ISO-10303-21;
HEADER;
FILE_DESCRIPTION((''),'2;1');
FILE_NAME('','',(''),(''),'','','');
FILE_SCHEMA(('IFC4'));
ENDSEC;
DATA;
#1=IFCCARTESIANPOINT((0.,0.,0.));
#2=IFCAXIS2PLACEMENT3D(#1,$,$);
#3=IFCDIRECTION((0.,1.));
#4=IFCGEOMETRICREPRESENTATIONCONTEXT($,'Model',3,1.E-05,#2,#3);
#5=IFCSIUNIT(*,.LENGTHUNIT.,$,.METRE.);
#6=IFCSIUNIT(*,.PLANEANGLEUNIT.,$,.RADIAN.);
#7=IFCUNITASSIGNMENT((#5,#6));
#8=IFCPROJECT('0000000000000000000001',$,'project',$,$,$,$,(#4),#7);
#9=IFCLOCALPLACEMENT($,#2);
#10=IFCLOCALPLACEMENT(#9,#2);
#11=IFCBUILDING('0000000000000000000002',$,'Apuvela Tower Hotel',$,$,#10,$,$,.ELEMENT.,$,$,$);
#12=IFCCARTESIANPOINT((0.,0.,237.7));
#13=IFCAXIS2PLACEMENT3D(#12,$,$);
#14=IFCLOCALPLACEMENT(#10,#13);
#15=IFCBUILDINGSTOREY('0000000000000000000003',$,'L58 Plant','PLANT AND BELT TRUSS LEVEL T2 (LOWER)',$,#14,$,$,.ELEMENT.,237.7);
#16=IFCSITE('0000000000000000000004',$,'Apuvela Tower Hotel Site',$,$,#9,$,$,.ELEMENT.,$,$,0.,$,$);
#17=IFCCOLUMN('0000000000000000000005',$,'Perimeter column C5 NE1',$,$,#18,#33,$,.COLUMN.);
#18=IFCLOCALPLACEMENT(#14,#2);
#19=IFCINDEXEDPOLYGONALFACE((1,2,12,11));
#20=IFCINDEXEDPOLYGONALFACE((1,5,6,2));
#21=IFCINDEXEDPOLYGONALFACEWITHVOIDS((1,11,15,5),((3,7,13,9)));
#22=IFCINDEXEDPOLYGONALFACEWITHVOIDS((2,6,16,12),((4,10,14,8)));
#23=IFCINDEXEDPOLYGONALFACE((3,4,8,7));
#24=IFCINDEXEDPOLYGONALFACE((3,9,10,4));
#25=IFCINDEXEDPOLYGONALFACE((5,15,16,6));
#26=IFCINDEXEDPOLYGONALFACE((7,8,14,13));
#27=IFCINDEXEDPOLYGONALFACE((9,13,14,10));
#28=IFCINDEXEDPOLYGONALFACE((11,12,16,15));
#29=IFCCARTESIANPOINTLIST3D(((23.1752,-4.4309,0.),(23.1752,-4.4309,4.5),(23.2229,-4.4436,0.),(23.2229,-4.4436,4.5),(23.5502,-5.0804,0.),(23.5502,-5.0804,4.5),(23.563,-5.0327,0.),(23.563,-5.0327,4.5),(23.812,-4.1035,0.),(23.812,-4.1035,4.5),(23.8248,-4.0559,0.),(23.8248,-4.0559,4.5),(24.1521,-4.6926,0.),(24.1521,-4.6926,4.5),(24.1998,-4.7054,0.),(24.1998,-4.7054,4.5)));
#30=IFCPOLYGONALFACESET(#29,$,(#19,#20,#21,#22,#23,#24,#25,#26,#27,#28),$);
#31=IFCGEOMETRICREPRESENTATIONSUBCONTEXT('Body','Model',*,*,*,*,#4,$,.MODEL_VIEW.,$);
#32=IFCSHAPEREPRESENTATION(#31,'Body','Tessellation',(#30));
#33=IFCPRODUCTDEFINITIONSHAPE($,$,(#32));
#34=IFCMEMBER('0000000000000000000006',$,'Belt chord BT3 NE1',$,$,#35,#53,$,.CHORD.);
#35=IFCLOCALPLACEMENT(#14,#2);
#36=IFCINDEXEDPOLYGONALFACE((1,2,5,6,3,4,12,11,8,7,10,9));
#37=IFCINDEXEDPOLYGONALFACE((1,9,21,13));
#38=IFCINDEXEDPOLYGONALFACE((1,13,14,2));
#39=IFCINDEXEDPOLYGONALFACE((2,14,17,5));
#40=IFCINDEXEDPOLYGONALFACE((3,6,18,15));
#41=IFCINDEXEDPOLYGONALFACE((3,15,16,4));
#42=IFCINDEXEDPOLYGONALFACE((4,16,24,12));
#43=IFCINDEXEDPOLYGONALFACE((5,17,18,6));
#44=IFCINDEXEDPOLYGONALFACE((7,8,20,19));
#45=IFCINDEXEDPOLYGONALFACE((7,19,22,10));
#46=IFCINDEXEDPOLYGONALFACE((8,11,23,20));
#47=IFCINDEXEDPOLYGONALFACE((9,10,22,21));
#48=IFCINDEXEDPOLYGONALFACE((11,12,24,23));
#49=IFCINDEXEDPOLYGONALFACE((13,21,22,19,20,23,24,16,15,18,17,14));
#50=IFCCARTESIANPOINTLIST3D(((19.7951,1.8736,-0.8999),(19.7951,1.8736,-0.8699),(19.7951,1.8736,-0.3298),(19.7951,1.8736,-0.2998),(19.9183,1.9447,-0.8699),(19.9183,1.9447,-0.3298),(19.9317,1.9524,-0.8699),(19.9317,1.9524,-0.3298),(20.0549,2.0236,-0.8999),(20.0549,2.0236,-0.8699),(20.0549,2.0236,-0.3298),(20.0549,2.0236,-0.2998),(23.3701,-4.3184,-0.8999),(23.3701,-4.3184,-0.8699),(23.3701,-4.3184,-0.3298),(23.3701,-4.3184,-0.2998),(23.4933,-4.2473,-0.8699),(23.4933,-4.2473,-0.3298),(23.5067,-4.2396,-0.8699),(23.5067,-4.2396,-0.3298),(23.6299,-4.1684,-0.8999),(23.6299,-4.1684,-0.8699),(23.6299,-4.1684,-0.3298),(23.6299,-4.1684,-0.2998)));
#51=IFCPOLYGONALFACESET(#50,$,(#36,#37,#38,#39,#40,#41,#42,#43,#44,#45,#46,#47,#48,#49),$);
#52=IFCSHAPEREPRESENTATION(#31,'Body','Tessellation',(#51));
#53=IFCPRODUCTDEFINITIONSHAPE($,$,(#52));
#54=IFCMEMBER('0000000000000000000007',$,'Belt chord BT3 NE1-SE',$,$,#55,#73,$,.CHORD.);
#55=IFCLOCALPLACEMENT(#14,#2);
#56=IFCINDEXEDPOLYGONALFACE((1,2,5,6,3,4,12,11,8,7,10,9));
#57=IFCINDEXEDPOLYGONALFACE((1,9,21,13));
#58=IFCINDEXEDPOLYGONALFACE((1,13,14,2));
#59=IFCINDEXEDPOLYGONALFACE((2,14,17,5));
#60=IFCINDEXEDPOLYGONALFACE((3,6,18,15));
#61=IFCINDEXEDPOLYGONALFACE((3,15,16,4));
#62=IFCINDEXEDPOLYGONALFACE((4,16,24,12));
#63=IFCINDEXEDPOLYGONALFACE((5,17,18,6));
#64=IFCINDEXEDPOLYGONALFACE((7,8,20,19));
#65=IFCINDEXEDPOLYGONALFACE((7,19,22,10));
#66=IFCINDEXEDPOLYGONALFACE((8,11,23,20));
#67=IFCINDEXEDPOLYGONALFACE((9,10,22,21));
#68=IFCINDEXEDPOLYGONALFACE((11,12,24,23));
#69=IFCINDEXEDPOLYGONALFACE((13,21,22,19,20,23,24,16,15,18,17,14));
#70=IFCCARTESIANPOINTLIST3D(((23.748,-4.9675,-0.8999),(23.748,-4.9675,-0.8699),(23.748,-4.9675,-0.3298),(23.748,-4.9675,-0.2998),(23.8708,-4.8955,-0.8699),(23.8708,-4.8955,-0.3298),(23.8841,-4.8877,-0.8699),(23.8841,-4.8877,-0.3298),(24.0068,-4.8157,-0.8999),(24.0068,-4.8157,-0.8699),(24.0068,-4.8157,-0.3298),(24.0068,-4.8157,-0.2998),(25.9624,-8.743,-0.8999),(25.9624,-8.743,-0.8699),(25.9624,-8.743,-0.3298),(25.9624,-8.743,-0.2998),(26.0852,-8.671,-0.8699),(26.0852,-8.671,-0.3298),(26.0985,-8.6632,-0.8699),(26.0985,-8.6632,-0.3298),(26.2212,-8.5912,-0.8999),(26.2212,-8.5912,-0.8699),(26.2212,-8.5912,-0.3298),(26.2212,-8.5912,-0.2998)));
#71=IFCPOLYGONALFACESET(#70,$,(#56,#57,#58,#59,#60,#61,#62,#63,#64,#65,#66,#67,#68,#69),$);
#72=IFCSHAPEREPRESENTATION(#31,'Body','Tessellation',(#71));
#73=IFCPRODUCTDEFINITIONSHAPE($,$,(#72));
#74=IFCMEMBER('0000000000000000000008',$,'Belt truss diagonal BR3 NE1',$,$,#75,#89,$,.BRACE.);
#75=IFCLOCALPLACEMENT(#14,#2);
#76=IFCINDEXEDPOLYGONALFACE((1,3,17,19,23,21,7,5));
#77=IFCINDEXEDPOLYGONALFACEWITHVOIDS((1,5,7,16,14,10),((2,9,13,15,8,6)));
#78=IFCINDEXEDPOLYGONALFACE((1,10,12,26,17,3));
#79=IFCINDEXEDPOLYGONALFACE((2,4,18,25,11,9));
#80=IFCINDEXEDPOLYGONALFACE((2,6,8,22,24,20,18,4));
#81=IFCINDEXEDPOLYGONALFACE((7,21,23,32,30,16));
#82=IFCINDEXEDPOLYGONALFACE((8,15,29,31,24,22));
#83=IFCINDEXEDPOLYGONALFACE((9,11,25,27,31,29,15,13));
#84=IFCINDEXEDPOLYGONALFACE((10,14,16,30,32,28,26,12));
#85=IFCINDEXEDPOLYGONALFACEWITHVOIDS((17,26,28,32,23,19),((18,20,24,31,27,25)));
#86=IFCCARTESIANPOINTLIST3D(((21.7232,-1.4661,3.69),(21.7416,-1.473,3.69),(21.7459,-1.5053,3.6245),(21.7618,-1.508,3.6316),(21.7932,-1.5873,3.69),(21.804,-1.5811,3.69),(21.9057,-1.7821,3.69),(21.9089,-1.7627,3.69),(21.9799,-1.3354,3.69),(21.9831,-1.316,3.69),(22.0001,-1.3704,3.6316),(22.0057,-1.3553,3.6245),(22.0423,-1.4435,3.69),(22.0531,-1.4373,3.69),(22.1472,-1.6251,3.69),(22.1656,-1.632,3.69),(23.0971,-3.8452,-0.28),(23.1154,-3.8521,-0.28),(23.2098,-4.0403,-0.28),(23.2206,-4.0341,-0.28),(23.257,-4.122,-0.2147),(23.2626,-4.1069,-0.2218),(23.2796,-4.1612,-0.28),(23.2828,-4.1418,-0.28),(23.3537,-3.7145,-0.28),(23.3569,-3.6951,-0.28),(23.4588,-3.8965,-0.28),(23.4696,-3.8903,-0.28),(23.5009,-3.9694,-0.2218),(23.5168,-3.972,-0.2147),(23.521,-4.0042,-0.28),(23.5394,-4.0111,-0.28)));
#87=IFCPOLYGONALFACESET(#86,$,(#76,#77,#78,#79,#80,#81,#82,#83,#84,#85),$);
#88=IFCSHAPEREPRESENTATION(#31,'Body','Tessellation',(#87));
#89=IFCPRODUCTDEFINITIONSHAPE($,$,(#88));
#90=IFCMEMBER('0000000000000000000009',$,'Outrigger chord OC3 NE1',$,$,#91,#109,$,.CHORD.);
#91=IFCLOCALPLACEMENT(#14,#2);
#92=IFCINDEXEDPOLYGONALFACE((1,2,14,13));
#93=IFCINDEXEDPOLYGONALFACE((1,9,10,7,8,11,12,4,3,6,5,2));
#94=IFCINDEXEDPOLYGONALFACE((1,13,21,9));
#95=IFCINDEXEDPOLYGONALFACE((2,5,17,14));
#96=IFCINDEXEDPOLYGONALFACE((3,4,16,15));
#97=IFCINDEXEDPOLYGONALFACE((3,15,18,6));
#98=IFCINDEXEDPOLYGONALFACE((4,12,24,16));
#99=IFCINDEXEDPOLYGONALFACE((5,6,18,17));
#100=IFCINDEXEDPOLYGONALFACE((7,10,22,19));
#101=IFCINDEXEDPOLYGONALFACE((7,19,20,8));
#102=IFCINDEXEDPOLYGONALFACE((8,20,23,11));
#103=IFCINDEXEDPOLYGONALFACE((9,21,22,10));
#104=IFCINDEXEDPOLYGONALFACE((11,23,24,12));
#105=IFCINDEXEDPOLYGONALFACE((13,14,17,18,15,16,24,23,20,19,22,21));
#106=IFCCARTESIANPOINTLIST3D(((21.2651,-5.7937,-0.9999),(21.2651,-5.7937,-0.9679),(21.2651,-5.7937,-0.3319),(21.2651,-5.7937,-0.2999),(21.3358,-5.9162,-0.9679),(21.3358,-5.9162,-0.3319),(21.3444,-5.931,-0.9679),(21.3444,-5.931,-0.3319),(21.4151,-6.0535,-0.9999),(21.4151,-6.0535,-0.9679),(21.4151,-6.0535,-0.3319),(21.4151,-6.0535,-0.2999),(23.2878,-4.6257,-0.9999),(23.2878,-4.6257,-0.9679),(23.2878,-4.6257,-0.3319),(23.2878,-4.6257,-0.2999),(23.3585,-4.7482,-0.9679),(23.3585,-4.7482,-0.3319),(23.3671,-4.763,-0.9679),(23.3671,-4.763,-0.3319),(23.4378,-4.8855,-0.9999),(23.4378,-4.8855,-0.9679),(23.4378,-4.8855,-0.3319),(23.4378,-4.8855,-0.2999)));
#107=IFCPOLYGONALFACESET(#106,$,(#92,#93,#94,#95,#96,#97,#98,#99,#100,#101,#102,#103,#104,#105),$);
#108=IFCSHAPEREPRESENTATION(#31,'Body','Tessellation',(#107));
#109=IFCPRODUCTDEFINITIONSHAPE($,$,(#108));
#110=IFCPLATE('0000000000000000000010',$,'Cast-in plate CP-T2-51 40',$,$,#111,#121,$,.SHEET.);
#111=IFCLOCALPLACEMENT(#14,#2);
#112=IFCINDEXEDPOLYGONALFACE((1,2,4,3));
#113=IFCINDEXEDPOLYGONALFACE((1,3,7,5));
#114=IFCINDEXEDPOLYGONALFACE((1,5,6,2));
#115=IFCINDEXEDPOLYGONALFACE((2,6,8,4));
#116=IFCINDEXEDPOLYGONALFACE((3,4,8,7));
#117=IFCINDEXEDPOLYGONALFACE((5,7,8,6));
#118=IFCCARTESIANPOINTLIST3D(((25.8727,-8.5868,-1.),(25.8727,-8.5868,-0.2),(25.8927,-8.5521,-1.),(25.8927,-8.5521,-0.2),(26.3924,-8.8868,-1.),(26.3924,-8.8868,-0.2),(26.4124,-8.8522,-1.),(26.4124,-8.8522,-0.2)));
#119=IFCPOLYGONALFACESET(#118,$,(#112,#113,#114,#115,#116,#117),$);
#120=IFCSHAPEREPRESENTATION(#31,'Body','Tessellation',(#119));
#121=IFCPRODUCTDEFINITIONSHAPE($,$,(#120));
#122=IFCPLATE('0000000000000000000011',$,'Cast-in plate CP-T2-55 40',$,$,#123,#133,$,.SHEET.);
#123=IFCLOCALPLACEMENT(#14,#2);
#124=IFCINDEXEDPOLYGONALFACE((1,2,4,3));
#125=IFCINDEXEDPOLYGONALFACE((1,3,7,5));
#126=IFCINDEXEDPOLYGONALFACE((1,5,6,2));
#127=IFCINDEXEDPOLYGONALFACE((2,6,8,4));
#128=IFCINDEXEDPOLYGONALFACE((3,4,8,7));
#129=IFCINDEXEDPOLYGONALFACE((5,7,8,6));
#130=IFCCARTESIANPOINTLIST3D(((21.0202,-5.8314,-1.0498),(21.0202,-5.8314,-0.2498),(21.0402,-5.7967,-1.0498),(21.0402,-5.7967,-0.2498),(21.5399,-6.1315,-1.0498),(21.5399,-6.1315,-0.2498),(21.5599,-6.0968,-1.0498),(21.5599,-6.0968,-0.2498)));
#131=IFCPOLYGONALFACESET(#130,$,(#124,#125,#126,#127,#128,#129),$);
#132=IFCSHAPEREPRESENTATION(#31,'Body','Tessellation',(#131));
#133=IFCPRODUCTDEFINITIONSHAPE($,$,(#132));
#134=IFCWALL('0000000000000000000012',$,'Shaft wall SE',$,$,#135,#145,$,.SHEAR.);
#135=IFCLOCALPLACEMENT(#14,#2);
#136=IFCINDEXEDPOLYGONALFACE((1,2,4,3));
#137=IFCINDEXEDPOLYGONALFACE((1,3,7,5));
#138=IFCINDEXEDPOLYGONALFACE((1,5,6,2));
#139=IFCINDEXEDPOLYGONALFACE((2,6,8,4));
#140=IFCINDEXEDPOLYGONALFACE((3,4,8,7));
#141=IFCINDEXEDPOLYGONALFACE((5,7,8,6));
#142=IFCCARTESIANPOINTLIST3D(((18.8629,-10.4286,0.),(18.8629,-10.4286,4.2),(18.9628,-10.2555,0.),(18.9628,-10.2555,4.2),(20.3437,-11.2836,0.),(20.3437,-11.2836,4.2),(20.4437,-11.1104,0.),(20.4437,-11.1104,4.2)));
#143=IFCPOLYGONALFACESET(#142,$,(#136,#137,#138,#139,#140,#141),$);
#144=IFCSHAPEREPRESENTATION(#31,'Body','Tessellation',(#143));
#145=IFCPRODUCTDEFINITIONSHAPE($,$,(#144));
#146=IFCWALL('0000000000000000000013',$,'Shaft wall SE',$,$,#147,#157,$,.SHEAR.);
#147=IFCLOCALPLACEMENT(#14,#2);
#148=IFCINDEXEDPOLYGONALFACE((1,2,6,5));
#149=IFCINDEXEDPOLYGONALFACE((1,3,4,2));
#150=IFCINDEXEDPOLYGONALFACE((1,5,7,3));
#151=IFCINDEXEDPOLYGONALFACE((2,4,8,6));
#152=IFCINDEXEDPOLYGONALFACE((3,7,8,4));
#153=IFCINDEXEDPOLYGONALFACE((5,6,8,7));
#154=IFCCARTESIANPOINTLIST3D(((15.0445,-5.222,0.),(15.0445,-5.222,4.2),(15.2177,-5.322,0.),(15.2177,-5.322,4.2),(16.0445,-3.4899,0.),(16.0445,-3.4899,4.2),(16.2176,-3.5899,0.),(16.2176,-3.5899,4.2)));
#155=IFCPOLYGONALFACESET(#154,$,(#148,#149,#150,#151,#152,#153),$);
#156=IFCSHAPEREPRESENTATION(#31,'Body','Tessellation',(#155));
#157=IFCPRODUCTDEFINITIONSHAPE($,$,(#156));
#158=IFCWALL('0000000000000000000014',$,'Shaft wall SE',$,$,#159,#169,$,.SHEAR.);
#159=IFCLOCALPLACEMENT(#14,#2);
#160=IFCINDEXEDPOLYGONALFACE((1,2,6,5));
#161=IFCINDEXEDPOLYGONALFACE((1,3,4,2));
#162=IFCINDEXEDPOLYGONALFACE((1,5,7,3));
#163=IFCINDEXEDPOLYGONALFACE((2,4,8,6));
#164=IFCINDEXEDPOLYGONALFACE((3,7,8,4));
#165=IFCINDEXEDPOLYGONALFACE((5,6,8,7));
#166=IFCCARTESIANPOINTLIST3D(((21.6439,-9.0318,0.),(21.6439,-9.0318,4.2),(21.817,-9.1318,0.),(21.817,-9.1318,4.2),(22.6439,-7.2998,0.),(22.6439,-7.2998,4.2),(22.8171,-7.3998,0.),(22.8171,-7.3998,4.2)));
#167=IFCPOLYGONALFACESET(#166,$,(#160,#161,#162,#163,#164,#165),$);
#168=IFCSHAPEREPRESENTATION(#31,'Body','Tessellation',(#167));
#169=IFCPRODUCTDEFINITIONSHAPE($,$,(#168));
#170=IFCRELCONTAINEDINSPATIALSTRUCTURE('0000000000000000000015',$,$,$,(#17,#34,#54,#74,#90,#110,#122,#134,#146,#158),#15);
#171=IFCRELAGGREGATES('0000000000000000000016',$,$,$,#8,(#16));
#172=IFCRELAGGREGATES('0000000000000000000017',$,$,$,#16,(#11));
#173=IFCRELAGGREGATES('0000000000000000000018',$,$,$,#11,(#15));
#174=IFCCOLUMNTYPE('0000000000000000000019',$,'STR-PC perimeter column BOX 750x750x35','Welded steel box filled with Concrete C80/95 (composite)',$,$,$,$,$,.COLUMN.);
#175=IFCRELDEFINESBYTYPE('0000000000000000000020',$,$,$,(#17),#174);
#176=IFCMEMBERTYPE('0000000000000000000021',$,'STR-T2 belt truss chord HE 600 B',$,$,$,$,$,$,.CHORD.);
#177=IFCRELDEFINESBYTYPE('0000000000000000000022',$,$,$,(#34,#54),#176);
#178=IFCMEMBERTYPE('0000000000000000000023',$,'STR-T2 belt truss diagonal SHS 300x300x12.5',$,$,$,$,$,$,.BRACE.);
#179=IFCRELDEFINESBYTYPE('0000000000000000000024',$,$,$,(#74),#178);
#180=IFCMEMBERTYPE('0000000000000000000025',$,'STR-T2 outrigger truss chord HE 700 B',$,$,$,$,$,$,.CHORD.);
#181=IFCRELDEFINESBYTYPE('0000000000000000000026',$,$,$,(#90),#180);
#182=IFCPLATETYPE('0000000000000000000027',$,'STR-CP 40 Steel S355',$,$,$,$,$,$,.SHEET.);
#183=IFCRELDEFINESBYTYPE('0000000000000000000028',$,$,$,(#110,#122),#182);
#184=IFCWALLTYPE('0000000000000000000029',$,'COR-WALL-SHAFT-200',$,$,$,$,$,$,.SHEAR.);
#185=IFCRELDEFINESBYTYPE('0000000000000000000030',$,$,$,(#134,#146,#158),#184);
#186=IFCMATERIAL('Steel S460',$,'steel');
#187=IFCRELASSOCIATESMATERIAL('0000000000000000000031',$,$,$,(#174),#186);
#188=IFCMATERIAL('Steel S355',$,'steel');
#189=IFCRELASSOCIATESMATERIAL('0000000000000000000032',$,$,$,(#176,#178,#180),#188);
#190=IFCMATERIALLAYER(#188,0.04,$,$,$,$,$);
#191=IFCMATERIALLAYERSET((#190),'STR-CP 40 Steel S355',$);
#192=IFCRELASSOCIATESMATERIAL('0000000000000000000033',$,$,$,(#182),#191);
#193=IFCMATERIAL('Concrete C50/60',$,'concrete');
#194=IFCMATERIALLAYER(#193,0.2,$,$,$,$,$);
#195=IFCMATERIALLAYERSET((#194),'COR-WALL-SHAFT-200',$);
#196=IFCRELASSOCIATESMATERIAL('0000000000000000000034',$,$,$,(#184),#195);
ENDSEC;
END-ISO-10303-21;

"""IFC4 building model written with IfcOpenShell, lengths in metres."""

from ifc_helpers import new_model, si_unit, direction, frame, frame_2d, origin, origin_2d, place, context, subcontext, project, spatial, rectangle, hollow_rectangle, i_section, extrude, boolean, halfspace, material, layer, layer_set, material_profile, profile_set, type_object, element, save


model = new_model("IFC4")

# Units and contexts
model_context = context("Model", 3, precision=1e-05, world=origin(), true_north=direction((0.0, 1.0)))
body_context = subcontext(model_context, "Body", "Model", "MODEL_VIEW")
ifc_project = project(units=[si_unit("LENGTHUNIT", "METRE"), si_unit("PLANEANGLEUNIT", "RADIAN")], contexts=[model_context])

# Site, building, storey
site_placement = place(None, origin())
site = spatial("IfcSite", under=ifc_project, at=site_placement, Name="Apuvela Tower Hotel Site", CompositionType="ELEMENT", RefElevation=0.0)
building_placement = place(site_placement, origin())
building = spatial("IfcBuilding", under=site, at=building_placement, Name="Apuvela Tower Hotel", CompositionType="ELEMENT")
storey_placement = place(building_placement, frame((0.0, 0.0, 237.7)))
storey = spatial("IfcBuildingStorey", under=building, at=storey_placement, Name="L58 Plant", Description="PLANT AND BELT TRUSS LEVEL T2 (LOWER)", CompositionType="ELEMENT", Elevation=237.7)

# Column
ifc_material_1 = material(Name="Steel S460", Category="steel")
ifc_material_profile_1 = material_profile(ifc_material_1, hollow_rectangle(XDim=0.75, YDim=0.75, WallThickness=0.0349, at=origin_2d()), Name="BOX 750x750x35")
ifc_material_2 = material(Name="Concrete C80/95", Category="concrete")
ifc_material_profile_2 = material_profile(ifc_material_2, rectangle(XDim=0.6799, YDim=0.6799, at=origin_2d()), Name="Concrete C80/95 infill")
ifc_profile_set_1 = profile_set([ifc_material_profile_1, ifc_material_profile_2], Name="Steel S460")
column_type = type_object("IfcColumnType", Name="STR-PC perimeter column BOX 750x750x35", Description="Welded steel box filled with Concrete C80/95 (composite)", PredefinedType="COLUMN", material=ifc_profile_set_1)
column_placement = place(storey_placement, frame((23.6875, -4.5681, 0.0), z_axis=(0.0, 0.0, 1.0), x_axis=(-0.5, 0.866025, 0.0)))
element("IfcColumn", 1, at=column_placement, inside=storey, type_object=column_type, Name="Perimeter column C5 NE1", PredefinedType="COLUMN", context=body_context, shape_type="SweptSolid", body=[
    extrude(hollow_rectangle(XDim=0.75, YDim=0.75, WallThickness=0.0349, at=origin_2d()), origin(), (0.0, 0.0, 1.0), 4.5),
])

# Members
ifc_material_3 = material(Name="Steel S355", Category="steel")
ifc_material_profile_3 = material_profile(ifc_material_3, i_section(OverallWidth=0.3, OverallDepth=0.6001, WebThickness=0.0154, FlangeThickness=0.03, at=origin_2d()), Name="HE 600 B")
ifc_profile_set_2 = profile_set([ifc_material_profile_3], Name="Steel S355")
member_type_1 = type_object("IfcMemberType", Name="STR-T2 belt truss chord HE 600 B", PredefinedType="CHORD", material=ifc_profile_set_2)
member_1_placement = place(storey_placement, frame((23.5, -4.2434, -0.5999), z_axis=(-0.500006, 0.866022, 0.0), x_axis=(-0.866022, -0.500006, 0.0)))
element("IfcMember", 2, at=member_1_placement, inside=storey, type_object=member_type_1, Name="Belt chord BT3 NE1", PredefinedType="CHORD", context=body_context, shape_type="SweptSolid", body=[
    extrude(i_section(OverallWidth=0.3, OverallDepth=0.6001, WebThickness=0.0154, FlangeThickness=0.03, at=origin_2d()), origin(), (0.0, 0.0, 1.0), 7.1499),
])
member_2_placement = place(storey_placement, frame((23.8774, -4.8916, -0.5999), z_axis=(0.505923, -0.862579, 0.0), x_axis=(0.862579, 0.505923, 0.0)))
element("IfcMember", 3, at=member_2_placement, inside=storey, type_object=member_type_1, Name="Belt chord BT3 NE1-SE", PredefinedType="CHORD", context=body_context, shape_type="SweptSolid", body=[
    extrude(i_section(OverallWidth=0.3, OverallDepth=0.6001, WebThickness=0.0154, FlangeThickness=0.03, at=origin_2d()), origin(), (0.0, 0.0, 1.0), 4.377),
])
ifc_material_profile_4 = material_profile(ifc_material_3, hollow_rectangle(XDim=0.3, YDim=0.3, WallThickness=0.0125, at=origin_2d()), Name="SHS 300x300x12.5")
ifc_profile_set_3 = profile_set([ifc_material_profile_4], Name="Steel S355")
member_type_2 = type_object("IfcMemberType", Name="STR-T2 belt truss diagonal SHS 300x300x12.5", PredefinedType="BRACE", material=ifc_profile_set_3)
member_3_placement = place(storey_placement, frame((23.3252, -3.9402, -0.3), z_axis=(-0.284565, 0.492783, 0.822306), x_axis=(0.411215, -0.712102, 0.569045)))
solid_1 = boolean("DIFFERENCE", boolean("DIFFERENCE", extrude(hollow_rectangle(XDim=0.3, YDim=0.3, WallThickness=0.0125, at=origin_2d()), frame((0.0, 0.0, -0.2239)), (0.0, 0.0, 1.0), 5.3242), halfspace(frame((0.0, 0.0, 0.0244), z_axis=(0.569045, 0.0, 0.822306), x_axis=(0.822306, 0.0, -0.569045)), True)), halfspace(frame((0.0, 0.0, 4.8523), z_axis=(0.569045, 0.0, 0.822306), x_axis=(0.822306, 0.0, -0.569045)), False))
element("IfcMember", 4, at=member_3_placement, inside=storey, type_object=member_type_2, Name="Belt truss diagonal BR3 NE1", PredefinedType="BRACE", context=body_context, shape_type="SweptSolid", body=[
    boolean("UNION", boolean("DIFFERENCE", boolean("DIFFERENCE", extrude(hollow_rectangle(XDim=0.3, YDim=0.3, WallThickness=0.0125, at=origin_2d()), origin(), (0.0, 0.0, 1.0), 4.8765), halfspace(frame((0.0, 0.0, 0.0244), z_axis=(0.569045, 0.0, 0.822306), x_axis=(0.822306, 0.0, -0.569045)), True)), halfspace(frame((0.0, 0.0, 4.8523), z_axis=(0.569045, 0.0, 0.822306), x_axis=(0.822306, 0.0, -0.569045)), False)), solid_1),
])
ifc_material_profile_5 = material_profile(ifc_material_3, i_section(OverallWidth=0.3, OverallDepth=0.7, WebThickness=0.0171, FlangeThickness=0.032, at=origin_2d()), Name="HE 700 B")
ifc_profile_set_4 = profile_set([ifc_material_profile_5], Name="Steel S355")
member_type_3 = type_object("IfcMemberType", Name="STR-T2 outrigger truss chord HE 700 B", PredefinedType="CHORD", material=ifc_profile_set_4)
member_4_placement = place(storey_placement, frame((23.3628, -4.7556, -0.6499), z_axis=(-0.865996, -0.500051, 0.0), x_axis=(0.500051, -0.865996, 0.0)))
element("IfcMember", 5, at=member_4_placement, inside=storey, type_object=member_type_3, Name="Outrigger chord OC3 NE1", PredefinedType="CHORD", context=body_context, shape_type="SweptSolid", body=[
    extrude(i_section(OverallWidth=0.3, OverallDepth=0.7, WebThickness=0.0171, FlangeThickness=0.032, at=origin_2d()), origin(), (0.0, 0.0, 1.0), 2.3357),
])

# Plates
ifc_layer_1 = layer(ifc_material_3, 0.04)
ifc_layer_set_1 = layer_set([ifc_layer_1], Name="STR-CP 40 Steel S355")
plate_type = type_object("IfcPlateType", Name="STR-CP 40 Steel S355", PredefinedType="SHEET", material=ifc_layer_set_1)
for number, where, z_axis, x_axis, name in (
    (6, (26.1426, -8.7195, -1.0), (0.0, 0.0, 1.0), (0.5, 0.866025, 0.0), "Cast-in plate CP-T2-51 40"),
    (7, (21.29, -5.9641, -1.0498), (0.0, 0.0, 1.0), (-0.5, -0.866025, 0.0), "Cast-in plate CP-T2-55 40"),
):
    element("IfcPlate", number, at=place(storey_placement, frame(where, z_axis=z_axis, x_axis=x_axis)), inside=storey, type_object=plate_type, Name=name, PredefinedType="SHEET", context=body_context, shape_type="SweptSolid", body=[
        extrude(rectangle(XDim=0.04, YDim=0.6001, at=origin_2d()), origin(), (0.0, 0.0, 1.0), 0.8),
    ])

# Walls
ifc_material_4 = material(Name="Concrete C50/60", Category="concrete")
ifc_layer_2 = layer(ifc_material_4, 0.2)
ifc_layer_set_2 = layer_set([ifc_layer_2], Name="COR-WALL-SHAFT-200")
wall_type_1 = type_object("IfcWallType", Name="COR-WALL-SHAFT-200", PredefinedType="SHEAR", material=ifc_layer_set_2)
wall_1_placement = place(storey_placement, frame((18.9128, -10.342, 0.0), z_axis=(0.0, 0.0, 1.0), x_axis=(0.866038, -0.499978, 0.0)))
element("IfcWall", 8, at=wall_1_placement, inside=storey, type_object=wall_type_1, Name="Shaft wall SE", PredefinedType="SHEAR", context=body_context, shape_type="SweptSolid", body=[
    extrude(rectangle(XDim=1.71, YDim=0.2, at=frame_2d((0.855, 0.0))), origin(), (0.0, 0.0, 1.0), 4.2),
])
for number, where, z_axis, x_axis, name in (
    (9, (15.1311, -5.272, 0.0), (0.0, 0.0, 1.0), (0.499973, 0.866041, 0.0), "Shaft wall SE"),
    (10, (21.7305, -9.0818, 0.0), (0.0, 0.0, 1.0), (0.500025, 0.866011, 0.0), "Shaft wall SE"),
):
    element("IfcWall", number, at=place(storey_placement, frame(where, z_axis=z_axis, x_axis=x_axis)), inside=storey, type_object=wall_type_1, Name=name, PredefinedType="SHEAR", context=body_context, shape_type="SweptSolid", body=[
        extrude(rectangle(XDim=2.0, YDim=0.2, at=frame_2d((1.0, 0.0))), origin(), (0.0, 0.0, 1.0), 4.2),
    ])

save(model, "model.ifc")
